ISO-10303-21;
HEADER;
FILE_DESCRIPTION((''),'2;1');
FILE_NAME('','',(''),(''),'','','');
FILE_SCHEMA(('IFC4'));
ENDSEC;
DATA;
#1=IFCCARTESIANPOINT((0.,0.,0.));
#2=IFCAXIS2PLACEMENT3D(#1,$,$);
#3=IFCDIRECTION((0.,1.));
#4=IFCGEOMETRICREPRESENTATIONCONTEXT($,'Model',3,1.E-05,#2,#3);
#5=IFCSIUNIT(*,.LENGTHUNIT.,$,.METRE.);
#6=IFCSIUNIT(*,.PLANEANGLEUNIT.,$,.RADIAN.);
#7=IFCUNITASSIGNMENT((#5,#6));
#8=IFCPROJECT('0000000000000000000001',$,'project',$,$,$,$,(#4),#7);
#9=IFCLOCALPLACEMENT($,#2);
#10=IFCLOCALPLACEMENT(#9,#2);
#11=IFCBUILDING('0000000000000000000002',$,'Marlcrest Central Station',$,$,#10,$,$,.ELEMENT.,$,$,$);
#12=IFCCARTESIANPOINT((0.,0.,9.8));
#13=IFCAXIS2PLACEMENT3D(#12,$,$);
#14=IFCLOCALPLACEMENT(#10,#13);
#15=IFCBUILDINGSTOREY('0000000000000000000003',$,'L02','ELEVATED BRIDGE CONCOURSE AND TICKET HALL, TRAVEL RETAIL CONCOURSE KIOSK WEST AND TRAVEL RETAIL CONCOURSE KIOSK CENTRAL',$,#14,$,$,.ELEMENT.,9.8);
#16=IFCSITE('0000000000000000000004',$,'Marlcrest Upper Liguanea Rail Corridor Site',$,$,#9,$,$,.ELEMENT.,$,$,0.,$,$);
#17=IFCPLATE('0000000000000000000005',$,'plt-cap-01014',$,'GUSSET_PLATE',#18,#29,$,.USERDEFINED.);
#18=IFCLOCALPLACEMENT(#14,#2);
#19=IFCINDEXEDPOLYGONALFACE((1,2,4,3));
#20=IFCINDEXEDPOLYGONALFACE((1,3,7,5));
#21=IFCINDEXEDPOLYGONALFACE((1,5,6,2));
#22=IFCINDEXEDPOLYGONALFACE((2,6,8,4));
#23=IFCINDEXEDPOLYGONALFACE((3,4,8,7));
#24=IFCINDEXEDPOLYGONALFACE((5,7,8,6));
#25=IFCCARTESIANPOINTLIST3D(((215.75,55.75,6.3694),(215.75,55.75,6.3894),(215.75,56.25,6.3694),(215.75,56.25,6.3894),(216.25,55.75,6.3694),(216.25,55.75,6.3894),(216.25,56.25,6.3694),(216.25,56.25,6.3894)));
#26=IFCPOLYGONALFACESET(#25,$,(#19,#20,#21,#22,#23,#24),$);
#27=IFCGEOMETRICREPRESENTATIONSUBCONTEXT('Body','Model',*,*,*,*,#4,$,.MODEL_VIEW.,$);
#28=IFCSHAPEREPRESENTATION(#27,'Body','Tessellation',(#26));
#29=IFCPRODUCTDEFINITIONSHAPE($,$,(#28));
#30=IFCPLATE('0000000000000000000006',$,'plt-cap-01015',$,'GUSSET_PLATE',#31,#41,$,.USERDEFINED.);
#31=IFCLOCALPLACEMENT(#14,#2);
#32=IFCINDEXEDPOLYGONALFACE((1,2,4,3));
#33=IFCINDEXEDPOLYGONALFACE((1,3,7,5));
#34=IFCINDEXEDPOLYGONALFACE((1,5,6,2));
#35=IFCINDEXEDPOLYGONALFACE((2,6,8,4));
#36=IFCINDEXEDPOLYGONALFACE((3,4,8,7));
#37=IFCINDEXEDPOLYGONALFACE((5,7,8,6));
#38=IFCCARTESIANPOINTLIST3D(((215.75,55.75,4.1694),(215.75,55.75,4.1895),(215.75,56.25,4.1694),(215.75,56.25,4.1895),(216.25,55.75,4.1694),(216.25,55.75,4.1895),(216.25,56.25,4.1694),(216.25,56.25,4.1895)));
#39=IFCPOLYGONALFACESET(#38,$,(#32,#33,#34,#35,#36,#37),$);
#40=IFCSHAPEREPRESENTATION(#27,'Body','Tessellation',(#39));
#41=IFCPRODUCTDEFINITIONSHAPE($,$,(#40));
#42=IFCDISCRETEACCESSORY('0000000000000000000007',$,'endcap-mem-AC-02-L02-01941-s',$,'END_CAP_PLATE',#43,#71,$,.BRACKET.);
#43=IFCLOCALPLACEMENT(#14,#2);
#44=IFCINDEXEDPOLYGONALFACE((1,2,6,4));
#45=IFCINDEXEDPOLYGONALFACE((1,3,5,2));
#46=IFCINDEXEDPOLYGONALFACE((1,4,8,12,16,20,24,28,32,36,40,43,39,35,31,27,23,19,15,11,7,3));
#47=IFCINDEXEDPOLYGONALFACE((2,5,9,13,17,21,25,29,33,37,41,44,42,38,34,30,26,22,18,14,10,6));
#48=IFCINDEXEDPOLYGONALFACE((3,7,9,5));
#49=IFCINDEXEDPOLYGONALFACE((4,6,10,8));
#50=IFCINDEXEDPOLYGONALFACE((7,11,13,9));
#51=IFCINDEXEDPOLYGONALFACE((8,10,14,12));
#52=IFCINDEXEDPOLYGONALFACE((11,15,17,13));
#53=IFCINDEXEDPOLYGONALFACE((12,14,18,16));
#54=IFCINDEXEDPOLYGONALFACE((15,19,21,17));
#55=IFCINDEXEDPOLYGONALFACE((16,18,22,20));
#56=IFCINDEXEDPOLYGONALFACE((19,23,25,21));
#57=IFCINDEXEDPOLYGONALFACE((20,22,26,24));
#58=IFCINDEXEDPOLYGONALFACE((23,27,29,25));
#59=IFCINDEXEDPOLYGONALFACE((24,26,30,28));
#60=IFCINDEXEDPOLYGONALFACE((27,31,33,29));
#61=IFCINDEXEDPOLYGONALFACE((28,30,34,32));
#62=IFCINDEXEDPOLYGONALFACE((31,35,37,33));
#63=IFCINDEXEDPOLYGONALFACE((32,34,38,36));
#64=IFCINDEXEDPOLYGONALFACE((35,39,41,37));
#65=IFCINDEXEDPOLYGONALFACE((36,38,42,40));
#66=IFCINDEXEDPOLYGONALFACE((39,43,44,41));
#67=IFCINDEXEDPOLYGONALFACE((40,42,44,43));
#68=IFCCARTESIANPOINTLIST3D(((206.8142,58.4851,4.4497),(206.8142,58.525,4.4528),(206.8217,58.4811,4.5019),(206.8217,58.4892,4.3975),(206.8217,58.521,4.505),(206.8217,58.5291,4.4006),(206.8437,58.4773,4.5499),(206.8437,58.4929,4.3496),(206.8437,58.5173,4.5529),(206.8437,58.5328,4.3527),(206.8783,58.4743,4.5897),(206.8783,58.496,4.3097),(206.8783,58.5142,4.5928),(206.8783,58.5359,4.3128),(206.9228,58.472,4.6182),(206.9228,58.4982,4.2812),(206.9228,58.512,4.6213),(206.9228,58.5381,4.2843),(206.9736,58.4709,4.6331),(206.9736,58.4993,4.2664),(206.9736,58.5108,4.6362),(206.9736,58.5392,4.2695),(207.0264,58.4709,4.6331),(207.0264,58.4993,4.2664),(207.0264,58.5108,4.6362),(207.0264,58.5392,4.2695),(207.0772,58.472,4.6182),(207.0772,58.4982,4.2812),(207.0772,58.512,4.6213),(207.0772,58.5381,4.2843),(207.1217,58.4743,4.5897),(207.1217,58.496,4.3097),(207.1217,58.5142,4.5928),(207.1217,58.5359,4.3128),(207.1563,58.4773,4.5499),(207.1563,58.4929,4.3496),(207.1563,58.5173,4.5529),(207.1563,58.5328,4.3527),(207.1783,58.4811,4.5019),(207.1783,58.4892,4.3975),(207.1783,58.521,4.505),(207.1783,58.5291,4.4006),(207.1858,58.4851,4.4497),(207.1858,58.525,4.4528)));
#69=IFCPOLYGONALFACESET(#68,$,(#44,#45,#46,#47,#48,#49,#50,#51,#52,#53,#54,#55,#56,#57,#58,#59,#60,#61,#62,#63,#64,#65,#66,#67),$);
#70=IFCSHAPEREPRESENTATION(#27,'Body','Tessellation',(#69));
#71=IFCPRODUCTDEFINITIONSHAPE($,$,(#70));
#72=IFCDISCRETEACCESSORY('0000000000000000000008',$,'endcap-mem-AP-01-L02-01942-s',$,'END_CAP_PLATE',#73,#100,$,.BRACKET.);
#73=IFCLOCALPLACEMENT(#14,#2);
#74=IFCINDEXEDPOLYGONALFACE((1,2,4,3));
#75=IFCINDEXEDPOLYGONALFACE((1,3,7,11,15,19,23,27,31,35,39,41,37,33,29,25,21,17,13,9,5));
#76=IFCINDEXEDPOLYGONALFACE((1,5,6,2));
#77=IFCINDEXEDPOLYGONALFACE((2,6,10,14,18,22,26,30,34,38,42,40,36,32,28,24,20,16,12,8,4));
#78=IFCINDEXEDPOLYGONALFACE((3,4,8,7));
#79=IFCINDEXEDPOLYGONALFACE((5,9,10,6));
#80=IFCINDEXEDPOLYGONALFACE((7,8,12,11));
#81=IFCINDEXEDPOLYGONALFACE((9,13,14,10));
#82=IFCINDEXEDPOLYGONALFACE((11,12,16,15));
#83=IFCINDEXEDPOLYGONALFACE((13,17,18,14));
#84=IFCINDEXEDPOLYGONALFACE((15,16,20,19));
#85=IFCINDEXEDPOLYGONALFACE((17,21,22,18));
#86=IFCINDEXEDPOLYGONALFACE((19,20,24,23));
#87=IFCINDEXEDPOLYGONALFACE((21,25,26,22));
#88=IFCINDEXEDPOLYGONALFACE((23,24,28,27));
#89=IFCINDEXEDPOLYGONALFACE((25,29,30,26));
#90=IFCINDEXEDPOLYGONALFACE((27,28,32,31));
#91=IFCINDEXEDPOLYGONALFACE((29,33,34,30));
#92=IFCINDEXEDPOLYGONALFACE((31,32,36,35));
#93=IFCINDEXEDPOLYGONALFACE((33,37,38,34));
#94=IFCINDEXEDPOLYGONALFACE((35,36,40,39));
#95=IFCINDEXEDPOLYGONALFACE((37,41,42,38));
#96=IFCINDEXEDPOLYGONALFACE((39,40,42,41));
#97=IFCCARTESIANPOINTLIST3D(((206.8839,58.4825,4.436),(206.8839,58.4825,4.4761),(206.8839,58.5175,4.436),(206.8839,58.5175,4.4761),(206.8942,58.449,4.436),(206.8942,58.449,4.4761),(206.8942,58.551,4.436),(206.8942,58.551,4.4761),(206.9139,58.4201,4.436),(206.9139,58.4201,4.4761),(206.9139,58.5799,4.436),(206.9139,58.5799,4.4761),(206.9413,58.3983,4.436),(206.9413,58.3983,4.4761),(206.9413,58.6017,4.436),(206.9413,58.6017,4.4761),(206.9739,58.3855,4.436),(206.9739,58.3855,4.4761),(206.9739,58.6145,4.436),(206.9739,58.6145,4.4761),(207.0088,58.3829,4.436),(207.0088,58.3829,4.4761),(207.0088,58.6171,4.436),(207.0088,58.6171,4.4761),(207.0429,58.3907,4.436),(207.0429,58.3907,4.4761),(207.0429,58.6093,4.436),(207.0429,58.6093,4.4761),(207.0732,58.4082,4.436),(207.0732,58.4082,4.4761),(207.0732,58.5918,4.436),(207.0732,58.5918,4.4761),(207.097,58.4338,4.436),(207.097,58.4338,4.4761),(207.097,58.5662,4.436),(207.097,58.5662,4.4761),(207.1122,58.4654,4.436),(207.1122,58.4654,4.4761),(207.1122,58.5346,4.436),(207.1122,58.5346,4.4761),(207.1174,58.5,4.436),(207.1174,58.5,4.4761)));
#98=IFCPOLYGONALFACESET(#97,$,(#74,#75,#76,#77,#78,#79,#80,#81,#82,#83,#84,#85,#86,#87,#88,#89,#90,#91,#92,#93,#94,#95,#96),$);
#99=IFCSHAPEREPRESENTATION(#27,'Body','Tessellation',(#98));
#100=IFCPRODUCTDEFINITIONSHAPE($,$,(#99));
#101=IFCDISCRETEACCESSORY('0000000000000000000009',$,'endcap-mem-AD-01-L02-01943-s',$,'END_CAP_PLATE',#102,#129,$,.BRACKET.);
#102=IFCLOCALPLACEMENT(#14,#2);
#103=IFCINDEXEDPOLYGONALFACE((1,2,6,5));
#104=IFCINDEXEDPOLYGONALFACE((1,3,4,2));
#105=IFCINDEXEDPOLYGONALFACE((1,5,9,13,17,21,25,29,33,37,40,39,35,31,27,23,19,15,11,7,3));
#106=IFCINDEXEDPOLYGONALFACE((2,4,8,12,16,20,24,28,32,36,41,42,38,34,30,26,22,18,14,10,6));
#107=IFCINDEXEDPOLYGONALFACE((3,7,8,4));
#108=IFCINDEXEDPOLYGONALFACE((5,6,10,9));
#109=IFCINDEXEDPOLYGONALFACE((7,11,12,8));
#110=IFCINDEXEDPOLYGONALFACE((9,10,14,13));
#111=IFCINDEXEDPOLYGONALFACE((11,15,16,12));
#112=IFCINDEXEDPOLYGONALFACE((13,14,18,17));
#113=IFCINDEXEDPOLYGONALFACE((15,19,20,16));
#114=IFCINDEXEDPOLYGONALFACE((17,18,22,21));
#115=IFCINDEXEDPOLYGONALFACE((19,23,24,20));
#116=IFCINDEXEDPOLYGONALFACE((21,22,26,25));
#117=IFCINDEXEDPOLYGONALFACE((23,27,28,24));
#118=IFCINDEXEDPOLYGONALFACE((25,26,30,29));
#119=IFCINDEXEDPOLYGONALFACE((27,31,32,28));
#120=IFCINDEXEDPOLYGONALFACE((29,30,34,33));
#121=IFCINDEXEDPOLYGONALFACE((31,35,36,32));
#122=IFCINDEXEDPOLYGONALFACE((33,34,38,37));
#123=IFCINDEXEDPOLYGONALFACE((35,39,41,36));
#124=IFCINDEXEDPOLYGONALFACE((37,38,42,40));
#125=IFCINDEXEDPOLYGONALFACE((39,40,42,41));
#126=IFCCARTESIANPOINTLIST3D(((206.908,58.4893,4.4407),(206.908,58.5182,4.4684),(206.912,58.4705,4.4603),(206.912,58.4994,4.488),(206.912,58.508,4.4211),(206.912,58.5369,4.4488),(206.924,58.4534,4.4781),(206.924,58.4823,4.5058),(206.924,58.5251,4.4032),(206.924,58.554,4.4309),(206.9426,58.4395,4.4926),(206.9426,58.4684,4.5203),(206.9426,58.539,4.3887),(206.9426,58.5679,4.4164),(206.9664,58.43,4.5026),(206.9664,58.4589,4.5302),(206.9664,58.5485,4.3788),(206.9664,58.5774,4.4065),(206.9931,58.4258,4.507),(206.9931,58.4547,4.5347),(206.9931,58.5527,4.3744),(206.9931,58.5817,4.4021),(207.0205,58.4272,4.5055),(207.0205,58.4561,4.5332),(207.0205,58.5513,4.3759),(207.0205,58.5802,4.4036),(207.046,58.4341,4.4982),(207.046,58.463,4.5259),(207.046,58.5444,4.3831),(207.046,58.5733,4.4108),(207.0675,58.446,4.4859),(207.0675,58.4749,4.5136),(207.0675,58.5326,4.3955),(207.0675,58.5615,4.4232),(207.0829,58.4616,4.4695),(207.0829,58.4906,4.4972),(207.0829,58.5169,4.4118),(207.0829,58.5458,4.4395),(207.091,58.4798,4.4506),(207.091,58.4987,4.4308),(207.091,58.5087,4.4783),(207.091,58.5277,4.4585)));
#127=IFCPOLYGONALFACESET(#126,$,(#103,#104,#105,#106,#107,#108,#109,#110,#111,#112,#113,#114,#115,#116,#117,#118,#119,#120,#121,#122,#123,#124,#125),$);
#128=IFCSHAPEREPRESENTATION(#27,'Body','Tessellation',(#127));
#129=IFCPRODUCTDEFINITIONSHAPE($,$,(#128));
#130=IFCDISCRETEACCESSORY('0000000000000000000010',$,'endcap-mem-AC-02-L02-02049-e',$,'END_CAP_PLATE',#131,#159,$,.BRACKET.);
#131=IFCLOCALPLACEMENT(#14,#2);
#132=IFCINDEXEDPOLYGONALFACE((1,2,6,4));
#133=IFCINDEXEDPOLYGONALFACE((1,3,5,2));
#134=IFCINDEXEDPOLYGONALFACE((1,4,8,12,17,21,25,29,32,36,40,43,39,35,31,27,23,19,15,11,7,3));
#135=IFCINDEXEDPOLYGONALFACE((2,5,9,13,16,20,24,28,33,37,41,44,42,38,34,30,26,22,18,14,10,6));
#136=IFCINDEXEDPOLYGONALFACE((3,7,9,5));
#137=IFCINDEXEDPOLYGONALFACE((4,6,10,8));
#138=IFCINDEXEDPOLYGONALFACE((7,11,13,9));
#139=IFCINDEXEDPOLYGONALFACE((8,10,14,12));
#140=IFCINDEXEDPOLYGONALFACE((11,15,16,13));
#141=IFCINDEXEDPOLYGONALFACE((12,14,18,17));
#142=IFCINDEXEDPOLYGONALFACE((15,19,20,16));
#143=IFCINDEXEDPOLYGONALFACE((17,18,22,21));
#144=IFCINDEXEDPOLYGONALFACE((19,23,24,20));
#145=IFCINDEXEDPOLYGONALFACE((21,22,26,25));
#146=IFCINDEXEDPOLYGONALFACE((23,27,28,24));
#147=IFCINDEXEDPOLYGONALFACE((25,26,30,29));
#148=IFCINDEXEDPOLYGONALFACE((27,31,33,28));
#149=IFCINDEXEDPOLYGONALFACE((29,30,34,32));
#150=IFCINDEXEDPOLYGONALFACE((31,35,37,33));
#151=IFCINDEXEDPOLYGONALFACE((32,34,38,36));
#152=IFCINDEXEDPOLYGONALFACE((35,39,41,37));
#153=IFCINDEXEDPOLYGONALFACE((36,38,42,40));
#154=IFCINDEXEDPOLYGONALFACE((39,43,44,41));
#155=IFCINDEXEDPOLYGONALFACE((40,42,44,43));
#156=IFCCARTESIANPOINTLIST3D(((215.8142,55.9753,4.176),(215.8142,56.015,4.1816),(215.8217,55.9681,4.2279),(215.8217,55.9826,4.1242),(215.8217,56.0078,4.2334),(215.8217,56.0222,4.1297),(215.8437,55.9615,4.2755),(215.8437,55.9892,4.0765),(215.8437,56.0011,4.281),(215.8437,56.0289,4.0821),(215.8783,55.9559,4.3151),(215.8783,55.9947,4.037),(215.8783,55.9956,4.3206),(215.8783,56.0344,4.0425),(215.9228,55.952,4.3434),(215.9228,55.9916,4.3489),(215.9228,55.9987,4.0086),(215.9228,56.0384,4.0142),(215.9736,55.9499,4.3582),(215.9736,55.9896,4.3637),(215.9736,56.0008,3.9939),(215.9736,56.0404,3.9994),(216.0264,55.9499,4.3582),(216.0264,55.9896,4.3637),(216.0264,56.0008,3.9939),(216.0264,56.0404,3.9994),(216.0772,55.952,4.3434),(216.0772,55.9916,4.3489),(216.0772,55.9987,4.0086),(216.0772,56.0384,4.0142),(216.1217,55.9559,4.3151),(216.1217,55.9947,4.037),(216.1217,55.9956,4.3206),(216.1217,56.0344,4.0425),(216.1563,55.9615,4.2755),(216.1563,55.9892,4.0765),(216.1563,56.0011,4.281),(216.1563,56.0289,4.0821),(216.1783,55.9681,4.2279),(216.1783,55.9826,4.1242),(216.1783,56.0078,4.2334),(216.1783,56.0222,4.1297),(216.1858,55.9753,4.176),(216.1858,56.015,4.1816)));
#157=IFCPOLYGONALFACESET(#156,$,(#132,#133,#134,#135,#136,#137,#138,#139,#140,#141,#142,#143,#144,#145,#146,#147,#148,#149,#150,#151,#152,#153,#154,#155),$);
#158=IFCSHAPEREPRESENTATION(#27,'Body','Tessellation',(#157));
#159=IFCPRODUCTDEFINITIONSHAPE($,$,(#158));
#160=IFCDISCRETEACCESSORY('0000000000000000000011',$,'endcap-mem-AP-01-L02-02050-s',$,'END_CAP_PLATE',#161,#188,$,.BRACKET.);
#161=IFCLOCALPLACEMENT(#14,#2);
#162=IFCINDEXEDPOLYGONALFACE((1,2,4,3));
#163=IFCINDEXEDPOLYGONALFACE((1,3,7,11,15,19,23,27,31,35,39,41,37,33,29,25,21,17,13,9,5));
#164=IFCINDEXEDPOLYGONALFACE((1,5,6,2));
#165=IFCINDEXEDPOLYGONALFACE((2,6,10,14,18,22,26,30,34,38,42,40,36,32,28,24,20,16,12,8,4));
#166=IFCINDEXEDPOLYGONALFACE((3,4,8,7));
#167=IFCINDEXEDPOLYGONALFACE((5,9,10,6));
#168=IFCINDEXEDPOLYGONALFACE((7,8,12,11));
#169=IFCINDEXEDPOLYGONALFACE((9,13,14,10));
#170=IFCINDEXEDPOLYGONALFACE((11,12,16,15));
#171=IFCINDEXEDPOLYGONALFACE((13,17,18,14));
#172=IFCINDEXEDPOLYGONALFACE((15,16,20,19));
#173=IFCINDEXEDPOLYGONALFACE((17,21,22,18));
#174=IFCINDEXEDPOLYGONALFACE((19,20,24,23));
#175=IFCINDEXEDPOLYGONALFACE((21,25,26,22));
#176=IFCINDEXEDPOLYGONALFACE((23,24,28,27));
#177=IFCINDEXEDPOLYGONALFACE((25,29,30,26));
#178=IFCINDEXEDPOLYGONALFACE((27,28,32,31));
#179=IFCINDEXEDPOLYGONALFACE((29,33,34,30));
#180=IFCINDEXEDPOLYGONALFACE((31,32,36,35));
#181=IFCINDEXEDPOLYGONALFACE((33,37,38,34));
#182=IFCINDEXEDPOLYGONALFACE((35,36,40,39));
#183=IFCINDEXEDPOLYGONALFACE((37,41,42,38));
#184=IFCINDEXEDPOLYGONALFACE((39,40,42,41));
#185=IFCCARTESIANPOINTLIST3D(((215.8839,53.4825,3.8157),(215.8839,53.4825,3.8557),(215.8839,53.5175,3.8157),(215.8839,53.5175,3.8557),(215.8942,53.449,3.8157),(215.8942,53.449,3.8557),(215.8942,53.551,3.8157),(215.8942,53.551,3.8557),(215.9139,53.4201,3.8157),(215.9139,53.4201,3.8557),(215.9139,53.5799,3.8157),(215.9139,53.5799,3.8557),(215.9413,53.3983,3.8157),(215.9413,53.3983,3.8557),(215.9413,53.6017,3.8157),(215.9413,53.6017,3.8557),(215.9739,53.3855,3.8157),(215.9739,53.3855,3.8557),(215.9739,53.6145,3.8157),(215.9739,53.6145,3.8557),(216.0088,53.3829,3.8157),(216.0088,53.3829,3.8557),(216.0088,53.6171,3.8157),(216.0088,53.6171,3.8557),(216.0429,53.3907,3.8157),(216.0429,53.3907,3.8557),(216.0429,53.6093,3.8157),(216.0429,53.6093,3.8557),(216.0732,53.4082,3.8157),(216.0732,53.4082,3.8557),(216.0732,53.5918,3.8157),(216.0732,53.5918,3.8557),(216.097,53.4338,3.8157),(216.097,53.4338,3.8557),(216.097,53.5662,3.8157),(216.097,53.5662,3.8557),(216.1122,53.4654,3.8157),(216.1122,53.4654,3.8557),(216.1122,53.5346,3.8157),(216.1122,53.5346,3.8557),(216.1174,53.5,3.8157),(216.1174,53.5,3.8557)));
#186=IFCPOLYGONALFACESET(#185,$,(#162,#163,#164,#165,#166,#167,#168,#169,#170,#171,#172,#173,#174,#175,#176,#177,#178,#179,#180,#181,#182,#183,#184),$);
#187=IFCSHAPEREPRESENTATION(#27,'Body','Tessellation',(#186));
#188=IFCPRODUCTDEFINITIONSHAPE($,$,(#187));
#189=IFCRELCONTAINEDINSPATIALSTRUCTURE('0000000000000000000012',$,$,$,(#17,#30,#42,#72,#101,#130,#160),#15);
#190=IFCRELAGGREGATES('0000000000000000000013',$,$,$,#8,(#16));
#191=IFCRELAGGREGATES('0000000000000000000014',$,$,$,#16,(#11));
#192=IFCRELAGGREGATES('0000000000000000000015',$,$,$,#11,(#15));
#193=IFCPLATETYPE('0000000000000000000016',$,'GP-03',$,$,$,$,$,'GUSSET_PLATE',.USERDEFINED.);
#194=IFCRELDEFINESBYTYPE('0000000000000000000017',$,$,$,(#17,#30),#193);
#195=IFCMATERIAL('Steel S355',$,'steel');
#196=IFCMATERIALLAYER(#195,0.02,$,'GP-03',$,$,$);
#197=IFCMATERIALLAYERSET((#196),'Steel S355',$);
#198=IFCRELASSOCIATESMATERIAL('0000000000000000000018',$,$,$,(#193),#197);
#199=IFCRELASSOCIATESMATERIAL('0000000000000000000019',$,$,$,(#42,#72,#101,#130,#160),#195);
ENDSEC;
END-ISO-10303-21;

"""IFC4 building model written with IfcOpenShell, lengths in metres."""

from ifc_helpers import new_model, si_unit, direction, frame, origin, origin_2d, place, context, subcontext, project, spatial, rectangle, circle, extrude, material, layer, layer_set, type_object, element, save


model = new_model("IFC4")

# Units and contexts
model_context = context("Model", 3, precision=1e-05, world=origin(), true_north=direction((0.0, 1.0)))
body_context = subcontext(model_context, "Body", "Model", "MODEL_VIEW")
ifc_project = project(units=[si_unit("LENGTHUNIT", "METRE"), si_unit("PLANEANGLEUNIT", "RADIAN")], contexts=[model_context])

# Site, building, storey
site_placement = place(None, origin())
site = spatial("IfcSite", under=ifc_project, at=site_placement, Name="Marlcrest Upper Liguanea Rail Corridor Site", CompositionType="ELEMENT", RefElevation=0.0)
building_placement = place(site_placement, origin())
building = spatial("IfcBuilding", under=site, at=building_placement, Name="Marlcrest Central Station", CompositionType="ELEMENT")
storey_placement = place(building_placement, frame((0.0, 0.0, 9.8)))
storey = spatial("IfcBuildingStorey", under=building, at=storey_placement, Name="L02", Description="ELEVATED BRIDGE CONCOURSE AND TICKET HALL, TRAVEL RETAIL CONCOURSE KIOSK WEST AND TRAVEL RETAIL CONCOURSE KIOSK CENTRAL", CompositionType="ELEMENT", Elevation=9.8)

# Shared definitions
ifc_material = material(Name="Steel S355", Category="steel")

# Plates
ifc_layer = layer(ifc_material, 0.02, Name="GP-03")
ifc_layer_set = layer_set([ifc_layer], Name="Steel S355")
plate_type = type_object("IfcPlateType", Name="GP-03", ElementType="GUSSET_PLATE", PredefinedType="USERDEFINED", material=ifc_layer_set)
for number, where, z_axis, x_axis, name in (
    (1, (216.0, 56.0, 6.3694), (0.0, 0.0, 1.0), (1.0, 0.0, 0.0), "plt-cap-01014"),
    (2, (216.0, 56.0, 4.1694), (0.0, 0.0, 1.0), (1.0, 0.0, 0.0), "plt-cap-01015"),
):
    element("IfcPlate", number, at=place(storey_placement, frame(where, z_axis=z_axis, x_axis=x_axis)), inside=storey, type_object=plate_type, Name=name, ObjectType="GUSSET_PLATE", PredefinedType="USERDEFINED", context=body_context, shape_type="SweptSolid", body=[
        extrude(rectangle(XDim=0.5, YDim=0.5, at=origin_2d()), origin(), (0.0, 0.0, 1.0), 0.02),
    ])

# Discrete accessories
discrete_accessory_1_placement = place(storey_placement, frame((207.0, 58.4851, 4.4497), z_axis=(0.0, 0.997007, 0.077307), x_axis=(-1.0, 0.0, 0.0)))
element("IfcDiscreteAccessory", 3, at=discrete_accessory_1_placement, inside=storey, material=ifc_material, Name="endcap-mem-AC-02-L02-01941-s", ObjectType="END_CAP_PLATE", PredefinedType="BRACKET", context=body_context, shape_type="SweptSolid", body=[
    extrude(circle(Radius=0.1858, at=origin_2d()), origin(), (0.0, 0.0, 1.0), 0.04),
])
discrete_accessory_2_placement = place(storey_placement, frame((207.0, 58.5, 4.436), z_axis=(0.0, 0.0, 1.0), x_axis=(1.0, 0.0, 0.0)))
element("IfcDiscreteAccessory", 4, at=discrete_accessory_2_placement, inside=storey, material=ifc_material, Name="endcap-mem-AP-01-L02-01942-s", ObjectType="END_CAP_PLATE", PredefinedType="BRACKET", context=body_context, shape_type="SweptSolid", body=[
    extrude(circle(Radius=0.1174, at=origin_2d()), origin(), (0.0, 0.0, 1.0), 0.04),
])
discrete_accessory_3_placement = place(storey_placement, frame((207.0, 58.4893, 4.4407), z_axis=(0.0, 0.722247, 0.691636), x_axis=(-1.0, 0.0, 0.0)))
element("IfcDiscreteAccessory", 5, at=discrete_accessory_3_placement, inside=storey, material=ifc_material, Name="endcap-mem-AD-01-L02-01943-s", ObjectType="END_CAP_PLATE", PredefinedType="BRACKET", context=body_context, shape_type="SweptSolid", body=[
    extrude(circle(Radius=0.092, at=origin_2d()), origin(), (0.0, 0.0, 1.0), 0.04),
])
discrete_accessory_4_placement = place(storey_placement, frame((216.0, 55.9753, 4.176), z_axis=(0.0, 0.990403, 0.138211), x_axis=(-1.0, 0.0, 0.0)))
element("IfcDiscreteAccessory", 6, at=discrete_accessory_4_placement, inside=storey, material=ifc_material, Name="endcap-mem-AC-02-L02-02049-e", ObjectType="END_CAP_PLATE", PredefinedType="BRACKET", context=body_context, shape_type="SweptSolid", body=[
    extrude(circle(Radius=0.1858, at=origin_2d()), origin(), (0.0, 0.0, 1.0), 0.04),
])
for number, where, z_axis, x_axis, name in (
    (7, (216.0, 53.5, 3.8157), (0.0, 0.0, 1.0), (1.0, 0.0, 0.0), "endcap-mem-AP-01-L02-02050-s"),
):
    element("IfcDiscreteAccessory", number, at=place(storey_placement, frame(where, z_axis=z_axis, x_axis=x_axis)), inside=storey, material=ifc_material, Name=name, ObjectType="END_CAP_PLATE", PredefinedType="BRACKET", context=body_context, shape_type="SweptSolid", body=[
        extrude(circle(Radius=0.1174, at=origin_2d()), origin(), (0.0, 0.0, 1.0), 0.04),
    ])

save(model, "model.ifc")
